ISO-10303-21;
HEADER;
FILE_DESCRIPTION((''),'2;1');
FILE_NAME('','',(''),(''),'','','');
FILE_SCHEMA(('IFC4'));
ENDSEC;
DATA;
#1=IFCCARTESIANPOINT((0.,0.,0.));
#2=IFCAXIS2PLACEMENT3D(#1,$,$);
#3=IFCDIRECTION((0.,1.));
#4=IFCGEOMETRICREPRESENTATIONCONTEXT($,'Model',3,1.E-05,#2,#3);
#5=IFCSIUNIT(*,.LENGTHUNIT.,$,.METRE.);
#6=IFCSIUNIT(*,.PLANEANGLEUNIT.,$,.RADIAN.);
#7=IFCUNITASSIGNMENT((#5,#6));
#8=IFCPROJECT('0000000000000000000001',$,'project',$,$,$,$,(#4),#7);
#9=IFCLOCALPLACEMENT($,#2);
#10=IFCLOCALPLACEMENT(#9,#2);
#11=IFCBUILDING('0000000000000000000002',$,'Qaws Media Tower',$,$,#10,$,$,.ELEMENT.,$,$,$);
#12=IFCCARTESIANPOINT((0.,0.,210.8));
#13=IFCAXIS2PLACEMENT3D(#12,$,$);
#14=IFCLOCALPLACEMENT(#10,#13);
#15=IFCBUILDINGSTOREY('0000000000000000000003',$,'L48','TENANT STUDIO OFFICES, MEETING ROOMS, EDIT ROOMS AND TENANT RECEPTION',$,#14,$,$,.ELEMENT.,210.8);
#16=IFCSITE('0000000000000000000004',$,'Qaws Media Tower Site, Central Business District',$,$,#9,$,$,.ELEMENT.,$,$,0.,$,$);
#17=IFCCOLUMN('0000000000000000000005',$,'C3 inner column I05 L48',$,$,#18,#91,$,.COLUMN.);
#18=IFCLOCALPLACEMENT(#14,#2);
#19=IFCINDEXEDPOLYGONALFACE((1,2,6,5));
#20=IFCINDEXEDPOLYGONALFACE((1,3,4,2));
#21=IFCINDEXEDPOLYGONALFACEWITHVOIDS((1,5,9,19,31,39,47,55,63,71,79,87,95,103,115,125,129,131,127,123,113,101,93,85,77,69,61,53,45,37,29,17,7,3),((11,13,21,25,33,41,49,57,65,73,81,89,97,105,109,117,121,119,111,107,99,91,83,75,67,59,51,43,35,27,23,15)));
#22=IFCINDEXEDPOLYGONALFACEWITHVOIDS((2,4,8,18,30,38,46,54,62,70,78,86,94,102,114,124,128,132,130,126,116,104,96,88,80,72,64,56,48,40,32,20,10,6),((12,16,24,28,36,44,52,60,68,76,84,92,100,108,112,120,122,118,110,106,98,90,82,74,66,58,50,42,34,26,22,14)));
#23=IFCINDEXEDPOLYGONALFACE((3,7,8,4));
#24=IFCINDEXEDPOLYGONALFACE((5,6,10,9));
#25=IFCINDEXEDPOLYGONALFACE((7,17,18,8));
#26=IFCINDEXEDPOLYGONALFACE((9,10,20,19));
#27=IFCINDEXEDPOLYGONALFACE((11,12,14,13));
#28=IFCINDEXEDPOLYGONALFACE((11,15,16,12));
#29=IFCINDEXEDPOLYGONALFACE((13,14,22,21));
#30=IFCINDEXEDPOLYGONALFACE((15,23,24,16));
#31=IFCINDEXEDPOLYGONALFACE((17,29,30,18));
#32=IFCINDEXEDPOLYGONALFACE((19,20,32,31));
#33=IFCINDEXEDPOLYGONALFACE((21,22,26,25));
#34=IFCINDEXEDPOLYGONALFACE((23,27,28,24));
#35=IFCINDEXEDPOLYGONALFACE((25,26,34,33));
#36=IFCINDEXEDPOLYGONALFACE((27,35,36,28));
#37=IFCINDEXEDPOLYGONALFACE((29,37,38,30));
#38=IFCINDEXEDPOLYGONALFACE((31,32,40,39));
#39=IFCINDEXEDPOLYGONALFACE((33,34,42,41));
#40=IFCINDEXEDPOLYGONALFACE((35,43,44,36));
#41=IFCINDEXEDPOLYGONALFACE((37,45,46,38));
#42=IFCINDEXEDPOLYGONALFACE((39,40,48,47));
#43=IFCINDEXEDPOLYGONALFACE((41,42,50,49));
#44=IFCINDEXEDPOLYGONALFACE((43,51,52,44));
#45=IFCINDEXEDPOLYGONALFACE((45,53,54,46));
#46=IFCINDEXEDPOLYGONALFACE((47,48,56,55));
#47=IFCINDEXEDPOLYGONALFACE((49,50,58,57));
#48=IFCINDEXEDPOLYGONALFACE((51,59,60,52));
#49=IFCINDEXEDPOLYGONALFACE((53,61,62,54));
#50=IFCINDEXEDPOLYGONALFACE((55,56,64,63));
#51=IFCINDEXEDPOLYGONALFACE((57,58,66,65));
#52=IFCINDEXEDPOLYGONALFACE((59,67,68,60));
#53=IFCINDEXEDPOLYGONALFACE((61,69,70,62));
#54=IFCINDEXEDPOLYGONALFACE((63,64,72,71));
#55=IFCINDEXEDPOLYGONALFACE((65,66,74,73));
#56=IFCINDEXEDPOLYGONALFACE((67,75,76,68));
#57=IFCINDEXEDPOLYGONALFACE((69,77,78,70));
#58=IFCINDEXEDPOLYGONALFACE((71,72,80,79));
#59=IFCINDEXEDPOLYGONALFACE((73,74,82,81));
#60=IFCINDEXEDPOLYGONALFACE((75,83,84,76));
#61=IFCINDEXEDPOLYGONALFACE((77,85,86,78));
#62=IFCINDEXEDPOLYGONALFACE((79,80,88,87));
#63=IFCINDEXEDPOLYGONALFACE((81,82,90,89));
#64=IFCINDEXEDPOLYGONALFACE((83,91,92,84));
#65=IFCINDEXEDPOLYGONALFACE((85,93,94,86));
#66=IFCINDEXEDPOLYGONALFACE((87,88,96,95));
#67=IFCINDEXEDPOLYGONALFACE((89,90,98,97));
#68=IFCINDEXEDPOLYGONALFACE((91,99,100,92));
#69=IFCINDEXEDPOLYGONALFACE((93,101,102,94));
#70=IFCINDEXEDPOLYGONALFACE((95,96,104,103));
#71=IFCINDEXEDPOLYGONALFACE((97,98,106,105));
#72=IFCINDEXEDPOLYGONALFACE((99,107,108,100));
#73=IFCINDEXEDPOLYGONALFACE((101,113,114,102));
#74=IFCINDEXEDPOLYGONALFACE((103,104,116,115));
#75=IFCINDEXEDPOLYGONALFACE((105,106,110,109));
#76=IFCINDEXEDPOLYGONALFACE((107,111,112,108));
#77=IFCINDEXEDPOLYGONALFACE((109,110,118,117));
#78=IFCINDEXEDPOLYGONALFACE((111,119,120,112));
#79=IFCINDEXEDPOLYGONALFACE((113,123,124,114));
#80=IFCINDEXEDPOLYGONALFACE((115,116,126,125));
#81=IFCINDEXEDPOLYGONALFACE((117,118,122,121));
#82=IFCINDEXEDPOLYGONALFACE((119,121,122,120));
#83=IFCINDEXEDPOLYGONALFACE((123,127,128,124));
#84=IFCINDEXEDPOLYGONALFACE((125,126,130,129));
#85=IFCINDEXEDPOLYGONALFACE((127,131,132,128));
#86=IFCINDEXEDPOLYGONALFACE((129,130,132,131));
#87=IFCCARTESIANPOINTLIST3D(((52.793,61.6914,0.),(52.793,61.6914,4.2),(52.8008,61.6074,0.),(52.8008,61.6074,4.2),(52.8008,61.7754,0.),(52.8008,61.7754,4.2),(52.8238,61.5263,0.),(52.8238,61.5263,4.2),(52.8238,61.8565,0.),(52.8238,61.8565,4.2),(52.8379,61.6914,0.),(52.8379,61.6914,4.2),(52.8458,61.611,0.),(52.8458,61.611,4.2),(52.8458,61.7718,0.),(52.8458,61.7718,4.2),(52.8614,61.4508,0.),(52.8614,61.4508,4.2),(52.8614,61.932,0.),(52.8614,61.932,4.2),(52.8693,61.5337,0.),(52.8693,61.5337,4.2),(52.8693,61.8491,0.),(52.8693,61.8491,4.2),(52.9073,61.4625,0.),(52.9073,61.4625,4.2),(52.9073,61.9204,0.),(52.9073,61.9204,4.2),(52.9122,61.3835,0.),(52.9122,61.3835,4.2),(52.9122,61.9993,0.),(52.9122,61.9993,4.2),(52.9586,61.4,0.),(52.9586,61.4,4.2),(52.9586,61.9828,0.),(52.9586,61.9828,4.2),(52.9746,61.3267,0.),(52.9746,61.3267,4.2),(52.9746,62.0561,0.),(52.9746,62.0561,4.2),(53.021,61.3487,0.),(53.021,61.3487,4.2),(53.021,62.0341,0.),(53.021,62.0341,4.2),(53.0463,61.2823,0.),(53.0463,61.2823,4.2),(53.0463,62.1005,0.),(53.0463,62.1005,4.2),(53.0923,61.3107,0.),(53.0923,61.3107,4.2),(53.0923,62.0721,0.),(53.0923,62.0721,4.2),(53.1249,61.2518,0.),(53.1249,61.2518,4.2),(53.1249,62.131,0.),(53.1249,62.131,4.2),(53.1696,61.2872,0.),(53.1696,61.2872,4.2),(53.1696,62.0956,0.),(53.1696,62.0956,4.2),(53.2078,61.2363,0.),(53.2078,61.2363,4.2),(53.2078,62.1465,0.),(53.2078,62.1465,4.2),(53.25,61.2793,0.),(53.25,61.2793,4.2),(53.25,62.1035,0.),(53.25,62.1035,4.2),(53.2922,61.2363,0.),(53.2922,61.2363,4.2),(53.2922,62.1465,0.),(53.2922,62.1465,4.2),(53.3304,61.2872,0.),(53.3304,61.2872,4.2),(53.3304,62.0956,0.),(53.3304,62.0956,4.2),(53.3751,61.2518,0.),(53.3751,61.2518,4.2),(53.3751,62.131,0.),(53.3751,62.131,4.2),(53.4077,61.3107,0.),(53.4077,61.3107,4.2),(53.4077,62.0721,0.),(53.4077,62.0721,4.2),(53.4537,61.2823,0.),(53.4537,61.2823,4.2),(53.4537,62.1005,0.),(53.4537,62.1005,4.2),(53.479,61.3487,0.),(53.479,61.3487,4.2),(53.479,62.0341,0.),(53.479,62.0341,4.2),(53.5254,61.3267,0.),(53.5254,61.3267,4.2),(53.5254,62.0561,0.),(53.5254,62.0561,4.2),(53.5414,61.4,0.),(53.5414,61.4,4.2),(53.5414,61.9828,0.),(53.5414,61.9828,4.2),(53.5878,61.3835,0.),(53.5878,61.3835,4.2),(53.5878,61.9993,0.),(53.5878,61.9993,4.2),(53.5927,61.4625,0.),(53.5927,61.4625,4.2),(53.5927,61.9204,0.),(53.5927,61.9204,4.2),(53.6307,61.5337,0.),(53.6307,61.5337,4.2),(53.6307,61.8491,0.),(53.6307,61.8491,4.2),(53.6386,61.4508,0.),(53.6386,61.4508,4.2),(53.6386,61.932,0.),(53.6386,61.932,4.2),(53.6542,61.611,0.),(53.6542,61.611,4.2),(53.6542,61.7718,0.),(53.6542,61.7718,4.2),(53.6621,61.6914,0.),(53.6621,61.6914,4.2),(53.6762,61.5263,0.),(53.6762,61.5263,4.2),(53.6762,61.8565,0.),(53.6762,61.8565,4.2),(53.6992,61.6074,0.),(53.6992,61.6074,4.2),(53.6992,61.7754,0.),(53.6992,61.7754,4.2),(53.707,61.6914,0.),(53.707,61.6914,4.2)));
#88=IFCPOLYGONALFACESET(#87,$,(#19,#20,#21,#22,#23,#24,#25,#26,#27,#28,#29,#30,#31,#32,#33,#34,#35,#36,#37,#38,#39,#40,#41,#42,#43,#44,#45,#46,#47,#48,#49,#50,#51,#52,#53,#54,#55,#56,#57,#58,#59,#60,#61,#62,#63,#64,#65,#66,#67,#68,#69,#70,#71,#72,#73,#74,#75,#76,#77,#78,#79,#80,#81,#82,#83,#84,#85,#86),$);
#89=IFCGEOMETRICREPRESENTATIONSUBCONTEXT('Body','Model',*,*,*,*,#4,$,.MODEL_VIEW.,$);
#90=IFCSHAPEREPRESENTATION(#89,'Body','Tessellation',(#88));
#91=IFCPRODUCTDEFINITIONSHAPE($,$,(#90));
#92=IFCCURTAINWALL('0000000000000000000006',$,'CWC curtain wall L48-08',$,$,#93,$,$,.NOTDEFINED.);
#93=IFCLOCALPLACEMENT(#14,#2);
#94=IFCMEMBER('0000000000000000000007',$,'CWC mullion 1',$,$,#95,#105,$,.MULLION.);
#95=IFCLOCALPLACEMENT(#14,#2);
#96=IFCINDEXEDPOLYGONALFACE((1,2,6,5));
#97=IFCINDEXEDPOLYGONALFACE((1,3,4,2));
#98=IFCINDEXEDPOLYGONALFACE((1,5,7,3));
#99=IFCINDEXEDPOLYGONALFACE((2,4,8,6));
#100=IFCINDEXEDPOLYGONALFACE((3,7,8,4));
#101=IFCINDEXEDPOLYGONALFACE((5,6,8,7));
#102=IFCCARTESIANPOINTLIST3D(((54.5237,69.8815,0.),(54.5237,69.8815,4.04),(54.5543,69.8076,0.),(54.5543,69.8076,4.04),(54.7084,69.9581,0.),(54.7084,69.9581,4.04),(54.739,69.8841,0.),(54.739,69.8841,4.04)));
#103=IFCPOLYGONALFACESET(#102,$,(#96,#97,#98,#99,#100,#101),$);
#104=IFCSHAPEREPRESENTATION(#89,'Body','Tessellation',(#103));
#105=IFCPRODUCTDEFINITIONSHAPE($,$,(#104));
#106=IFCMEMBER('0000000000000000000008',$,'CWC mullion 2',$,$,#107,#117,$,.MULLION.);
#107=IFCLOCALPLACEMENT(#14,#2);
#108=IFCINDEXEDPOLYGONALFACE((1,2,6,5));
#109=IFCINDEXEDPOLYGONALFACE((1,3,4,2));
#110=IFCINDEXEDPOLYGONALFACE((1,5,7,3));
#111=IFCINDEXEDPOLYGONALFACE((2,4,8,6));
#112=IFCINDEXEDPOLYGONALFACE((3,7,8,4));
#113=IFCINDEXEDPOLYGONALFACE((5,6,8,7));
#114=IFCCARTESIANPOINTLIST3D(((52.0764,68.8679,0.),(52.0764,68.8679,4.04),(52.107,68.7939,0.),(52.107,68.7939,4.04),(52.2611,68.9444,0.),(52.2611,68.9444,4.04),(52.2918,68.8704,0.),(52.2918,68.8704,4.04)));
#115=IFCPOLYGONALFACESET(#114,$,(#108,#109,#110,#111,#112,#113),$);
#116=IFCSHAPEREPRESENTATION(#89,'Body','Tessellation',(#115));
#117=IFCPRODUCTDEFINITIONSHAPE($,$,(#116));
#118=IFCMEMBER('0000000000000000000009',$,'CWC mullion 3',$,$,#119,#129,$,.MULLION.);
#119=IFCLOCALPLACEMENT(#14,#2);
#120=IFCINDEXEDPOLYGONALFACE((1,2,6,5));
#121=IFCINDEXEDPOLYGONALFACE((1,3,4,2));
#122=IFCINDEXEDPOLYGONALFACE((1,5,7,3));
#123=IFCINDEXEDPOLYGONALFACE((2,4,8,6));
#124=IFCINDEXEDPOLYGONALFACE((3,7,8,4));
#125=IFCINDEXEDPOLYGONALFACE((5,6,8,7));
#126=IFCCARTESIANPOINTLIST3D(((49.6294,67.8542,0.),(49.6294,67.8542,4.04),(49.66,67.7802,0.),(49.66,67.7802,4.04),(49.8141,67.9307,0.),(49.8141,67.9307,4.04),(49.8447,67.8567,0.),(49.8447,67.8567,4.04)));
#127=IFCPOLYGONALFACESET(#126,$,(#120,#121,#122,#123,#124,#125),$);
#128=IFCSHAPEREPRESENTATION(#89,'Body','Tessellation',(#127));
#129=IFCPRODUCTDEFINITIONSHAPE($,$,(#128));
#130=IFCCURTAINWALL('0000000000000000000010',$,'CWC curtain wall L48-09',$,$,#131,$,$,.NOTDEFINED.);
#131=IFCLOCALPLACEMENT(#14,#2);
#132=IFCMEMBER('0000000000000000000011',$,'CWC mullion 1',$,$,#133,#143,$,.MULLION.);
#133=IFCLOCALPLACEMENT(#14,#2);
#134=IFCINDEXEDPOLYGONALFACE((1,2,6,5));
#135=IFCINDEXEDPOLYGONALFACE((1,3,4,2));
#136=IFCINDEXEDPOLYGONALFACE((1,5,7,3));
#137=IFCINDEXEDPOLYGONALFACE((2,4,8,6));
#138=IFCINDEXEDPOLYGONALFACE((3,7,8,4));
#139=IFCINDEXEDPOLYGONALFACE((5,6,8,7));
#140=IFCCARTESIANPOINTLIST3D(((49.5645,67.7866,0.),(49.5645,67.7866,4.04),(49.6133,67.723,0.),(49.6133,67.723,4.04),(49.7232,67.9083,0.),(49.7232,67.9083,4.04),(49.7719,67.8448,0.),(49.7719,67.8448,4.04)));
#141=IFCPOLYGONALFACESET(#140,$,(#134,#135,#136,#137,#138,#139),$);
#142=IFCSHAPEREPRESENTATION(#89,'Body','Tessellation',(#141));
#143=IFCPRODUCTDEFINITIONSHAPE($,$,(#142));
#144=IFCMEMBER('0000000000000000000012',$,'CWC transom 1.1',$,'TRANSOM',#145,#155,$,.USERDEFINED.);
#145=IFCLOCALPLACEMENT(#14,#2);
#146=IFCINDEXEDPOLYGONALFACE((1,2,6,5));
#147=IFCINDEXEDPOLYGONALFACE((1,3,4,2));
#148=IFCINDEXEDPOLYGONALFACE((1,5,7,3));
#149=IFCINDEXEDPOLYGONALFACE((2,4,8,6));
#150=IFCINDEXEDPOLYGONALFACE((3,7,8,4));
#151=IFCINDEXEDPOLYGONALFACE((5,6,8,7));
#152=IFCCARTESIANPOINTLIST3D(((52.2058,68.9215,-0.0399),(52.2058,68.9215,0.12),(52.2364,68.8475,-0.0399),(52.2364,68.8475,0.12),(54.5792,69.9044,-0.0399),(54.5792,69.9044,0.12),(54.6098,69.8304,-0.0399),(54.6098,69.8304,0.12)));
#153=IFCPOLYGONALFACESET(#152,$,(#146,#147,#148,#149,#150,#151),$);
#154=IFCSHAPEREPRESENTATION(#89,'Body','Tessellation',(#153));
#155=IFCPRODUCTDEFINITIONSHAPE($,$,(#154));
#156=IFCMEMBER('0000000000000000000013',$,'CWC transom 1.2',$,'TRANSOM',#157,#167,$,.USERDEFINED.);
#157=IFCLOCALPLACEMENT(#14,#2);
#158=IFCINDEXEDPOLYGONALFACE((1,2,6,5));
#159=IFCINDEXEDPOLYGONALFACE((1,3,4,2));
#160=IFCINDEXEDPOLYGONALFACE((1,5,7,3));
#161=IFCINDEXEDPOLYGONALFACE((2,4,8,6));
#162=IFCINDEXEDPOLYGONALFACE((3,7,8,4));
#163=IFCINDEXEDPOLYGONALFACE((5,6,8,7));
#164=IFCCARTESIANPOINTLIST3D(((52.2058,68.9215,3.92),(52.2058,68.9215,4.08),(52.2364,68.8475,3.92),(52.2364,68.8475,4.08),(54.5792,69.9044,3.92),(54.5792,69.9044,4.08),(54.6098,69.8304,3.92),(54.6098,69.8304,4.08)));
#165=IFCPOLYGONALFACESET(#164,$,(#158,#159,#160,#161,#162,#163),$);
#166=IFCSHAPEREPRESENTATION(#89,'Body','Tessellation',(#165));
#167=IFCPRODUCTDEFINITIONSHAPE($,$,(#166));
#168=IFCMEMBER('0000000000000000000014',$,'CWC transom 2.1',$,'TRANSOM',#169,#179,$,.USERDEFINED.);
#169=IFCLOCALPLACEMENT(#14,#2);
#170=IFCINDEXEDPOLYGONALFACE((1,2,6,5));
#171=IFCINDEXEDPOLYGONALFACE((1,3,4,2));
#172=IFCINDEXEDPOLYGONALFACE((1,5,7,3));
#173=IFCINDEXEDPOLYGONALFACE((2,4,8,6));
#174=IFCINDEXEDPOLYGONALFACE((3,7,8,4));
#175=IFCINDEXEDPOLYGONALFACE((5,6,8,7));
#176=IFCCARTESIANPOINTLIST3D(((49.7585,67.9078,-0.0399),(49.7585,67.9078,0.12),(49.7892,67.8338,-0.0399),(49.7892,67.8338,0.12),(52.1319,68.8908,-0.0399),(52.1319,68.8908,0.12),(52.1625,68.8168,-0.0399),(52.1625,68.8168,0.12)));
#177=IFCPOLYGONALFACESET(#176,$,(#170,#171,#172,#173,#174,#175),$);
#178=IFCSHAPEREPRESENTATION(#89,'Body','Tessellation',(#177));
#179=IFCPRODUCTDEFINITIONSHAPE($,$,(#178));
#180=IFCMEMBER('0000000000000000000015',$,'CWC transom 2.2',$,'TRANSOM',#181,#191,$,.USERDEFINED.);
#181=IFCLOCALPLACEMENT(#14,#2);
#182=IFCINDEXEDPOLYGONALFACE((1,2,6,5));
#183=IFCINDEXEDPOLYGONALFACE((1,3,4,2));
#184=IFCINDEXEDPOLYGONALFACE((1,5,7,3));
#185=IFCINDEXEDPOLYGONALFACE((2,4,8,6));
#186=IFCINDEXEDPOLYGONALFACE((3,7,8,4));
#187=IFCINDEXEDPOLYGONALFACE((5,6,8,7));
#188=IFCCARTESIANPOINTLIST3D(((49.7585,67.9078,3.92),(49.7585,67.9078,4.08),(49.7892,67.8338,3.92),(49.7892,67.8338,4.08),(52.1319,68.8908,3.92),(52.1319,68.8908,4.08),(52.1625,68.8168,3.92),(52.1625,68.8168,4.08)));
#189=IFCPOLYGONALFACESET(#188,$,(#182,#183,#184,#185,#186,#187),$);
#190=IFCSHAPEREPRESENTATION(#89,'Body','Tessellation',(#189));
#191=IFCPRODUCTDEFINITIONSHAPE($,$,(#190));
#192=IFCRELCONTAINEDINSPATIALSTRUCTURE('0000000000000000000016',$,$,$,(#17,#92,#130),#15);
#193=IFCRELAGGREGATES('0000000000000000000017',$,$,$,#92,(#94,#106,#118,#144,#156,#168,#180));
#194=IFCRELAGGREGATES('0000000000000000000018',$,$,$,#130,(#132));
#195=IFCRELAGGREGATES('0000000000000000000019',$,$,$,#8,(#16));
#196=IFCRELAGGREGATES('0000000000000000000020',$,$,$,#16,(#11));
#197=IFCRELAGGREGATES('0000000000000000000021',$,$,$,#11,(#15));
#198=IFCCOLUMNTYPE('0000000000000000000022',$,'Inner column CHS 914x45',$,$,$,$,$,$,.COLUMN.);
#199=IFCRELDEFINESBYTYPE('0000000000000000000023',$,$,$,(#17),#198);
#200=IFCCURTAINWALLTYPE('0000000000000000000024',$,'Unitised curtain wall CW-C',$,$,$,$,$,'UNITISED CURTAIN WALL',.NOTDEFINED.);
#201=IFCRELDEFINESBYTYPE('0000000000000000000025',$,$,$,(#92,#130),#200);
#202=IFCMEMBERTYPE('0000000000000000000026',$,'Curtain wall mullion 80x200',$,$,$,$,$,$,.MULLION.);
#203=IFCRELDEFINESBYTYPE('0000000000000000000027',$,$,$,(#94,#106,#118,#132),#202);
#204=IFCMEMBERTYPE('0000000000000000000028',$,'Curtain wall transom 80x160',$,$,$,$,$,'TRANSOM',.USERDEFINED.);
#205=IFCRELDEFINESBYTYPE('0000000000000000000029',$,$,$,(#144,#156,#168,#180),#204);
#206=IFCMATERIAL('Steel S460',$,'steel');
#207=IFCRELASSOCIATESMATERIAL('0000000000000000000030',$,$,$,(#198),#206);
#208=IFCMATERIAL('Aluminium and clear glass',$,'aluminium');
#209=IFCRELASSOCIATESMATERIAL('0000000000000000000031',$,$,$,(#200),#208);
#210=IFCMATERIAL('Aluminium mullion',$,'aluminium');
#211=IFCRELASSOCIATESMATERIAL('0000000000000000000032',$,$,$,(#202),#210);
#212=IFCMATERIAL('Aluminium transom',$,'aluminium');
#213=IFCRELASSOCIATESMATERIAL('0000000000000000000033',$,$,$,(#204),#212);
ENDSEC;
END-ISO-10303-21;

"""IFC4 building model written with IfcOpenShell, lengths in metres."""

from ifc_helpers import new_model, si_unit, direction, frame, origin, origin_2d, place, context, subcontext, project, spatial, rectangle, hollow_circle, extrude, material, material_profile, profile_set, type_object, element, aggregate, save


model = new_model("IFC4")

# Units and contexts
model_context = context("Model", 3, precision=1e-05, world=origin(), true_north=direction((0.0, 1.0)))
body_context = subcontext(model_context, "Body", "Model", "MODEL_VIEW")
ifc_project = project(units=[si_unit("LENGTHUNIT", "METRE"), si_unit("PLANEANGLEUNIT", "RADIAN")], contexts=[model_context])

# Site, building, storey
site_placement = place(None, origin())
site = spatial("IfcSite", under=ifc_project, at=site_placement, Name="Qaws Media Tower Site, Central Business District", CompositionType="ELEMENT", RefElevation=0.0)
building_placement = place(site_placement, origin())
building = spatial("IfcBuilding", under=site, at=building_placement, Name="Qaws Media Tower", CompositionType="ELEMENT")
storey_placement = place(building_placement, frame((0.0, 0.0, 210.8)))
storey = spatial("IfcBuildingStorey", under=building, at=storey_placement, Name="L48", Description="TENANT STUDIO OFFICES, MEETING ROOMS, EDIT ROOMS AND TENANT RECEPTION", CompositionType="ELEMENT", Elevation=210.8)

# Column
ifc_material_1 = material(Name="Steel S460", Category="steel")
ifc_material_profile_1 = material_profile(ifc_material_1, hollow_circle(Radius=0.457, WallThickness=0.0449, at=origin_2d()), Name="CHS 914x45")
ifc_profile_set_1 = profile_set([ifc_material_profile_1], Name="Steel S460")
column_type = type_object("IfcColumnType", Name="Inner column CHS 914x45", PredefinedType="COLUMN", material=ifc_profile_set_1)
column_placement = place(storey_placement, frame((53.25, 61.6914, 0.0), z_axis=(0.0, 0.0, 1.0), x_axis=(1.0, 0.0, 0.0)))
element("IfcColumn", 1, at=column_placement, inside=storey, type_object=column_type, Name="C3 inner column I05 L48", PredefinedType="COLUMN", context=body_context, shape_type="SweptSolid", body=[
    extrude(hollow_circle(Radius=0.457, WallThickness=0.0449, at=origin_2d()), origin(), (0.0, 0.0, 1.0), 4.2),
])

# Curtain wall, members
ifc_material_2 = material(Name="Aluminium and clear glass", Category="aluminium")
curtain_wall_type = type_object("IfcCurtainWallType", Name="Unitised curtain wall CW-C", ElementType="UNITISED CURTAIN WALL", PredefinedType="NOTDEFINED", material=ifc_material_2)
curtain_wall_1_placement = place(storey_placement, origin())
curtain_wall_1 = element("IfcCurtainWall", 2, at=curtain_wall_1_placement, inside=storey, type_object=curtain_wall_type, Name="CWC curtain wall L48-08", PredefinedType="NOTDEFINED")
ifc_material_3 = material(Name="Aluminium mullion", Category="aluminium")
ifc_material_profile_2 = material_profile(ifc_material_3, rectangle(XDim=0.0801, YDim=0.2, at=origin_2d()), Name="80x200")
ifc_profile_set_2 = profile_set([ifc_material_profile_2], Name="Aluminium mullion")
member_type_1 = type_object("IfcMemberType", Name="Curtain wall mullion 80x200", PredefinedType="MULLION", material=ifc_profile_set_2)
member_1_placement = place(storey_placement, frame((54.6313, 69.8828, 0.0), z_axis=(0.0, 0.0, 1.0), x_axis=(0.382683, -0.92388, 0.0)))
member_1 = element("IfcMember", 3, at=member_1_placement, type_object=member_type_1, Name="CWC mullion 1", PredefinedType="MULLION", context=body_context, shape_type="SweptSolid", body=[
    extrude(rectangle(XDim=0.0801, YDim=0.2, at=origin_2d()), origin(), (0.0, 0.0, 1.0), 4.04),
])
member_2_placement = place(storey_placement, frame((52.1841, 68.8691, 0.0), z_axis=(0.0, 0.0, 1.0), x_axis=(0.382683, -0.92388, 0.0)))
member_2 = element("IfcMember", 4, at=member_2_placement, type_object=member_type_1, Name="CWC mullion 2", PredefinedType="MULLION", context=body_context, shape_type="SweptSolid", body=[
    extrude(rectangle(XDim=0.0801, YDim=0.2, at=origin_2d()), origin(), (0.0, 0.0, 1.0), 4.04),
])
member_3_placement = place(storey_placement, frame((49.7371, 67.8555, 0.0), z_axis=(0.0, 0.0, 1.0), x_axis=(0.382683, -0.92388, 0.0)))
member_3 = element("IfcMember", 5, at=member_3_placement, type_object=member_type_1, Name="CWC mullion 3", PredefinedType="MULLION", context=body_context, shape_type="SweptSolid", body=[
    extrude(rectangle(XDim=0.0801, YDim=0.2, at=origin_2d()), origin(), (0.0, 0.0, 1.0), 4.04),
])

# Curtain wall, member
curtain_wall_2_placement = place(storey_placement, origin())
curtain_wall_2 = element("IfcCurtainWall", 6, at=curtain_wall_2_placement, inside=storey, type_object=curtain_wall_type, Name="CWC curtain wall L48-09", PredefinedType="NOTDEFINED")
member_4_placement = place(storey_placement, frame((49.6682, 67.8157, 0.0), z_axis=(0.0, 0.0, 1.0), x_axis=(0.608761, -0.793353, 0.0)))
member_4 = element("IfcMember", 7, at=member_4_placement, type_object=member_type_1, Name="CWC mullion 1", PredefinedType="MULLION", context=body_context, shape_type="SweptSolid", body=[
    extrude(rectangle(XDim=0.0801, YDim=0.2, at=origin_2d()), origin(), (0.0, 0.0, 1.0), 4.04),
])

# Members
ifc_material_4 = material(Name="Aluminium transom", Category="aluminium")
ifc_material_profile_3 = material_profile(ifc_material_4, rectangle(XDim=0.0801, YDim=0.1599, at=origin_2d()), Name="80x160")
ifc_profile_set_3 = profile_set([ifc_material_profile_3], Name="Aluminium transom")
member_type_2 = type_object("IfcMemberType", Name="Curtain wall transom 80x160", ElementType="TRANSOM", PredefinedType="USERDEFINED", material=ifc_profile_set_3)
member_5_placement = place(storey_placement, frame((54.5945, 69.8674, 0.04), z_axis=(-0.923899, -0.382637, 0.0), x_axis=(0.382637, -0.923899, 0.0)))
member_5 = element("IfcMember", 8, at=member_5_placement, type_object=member_type_2, Name="CWC transom 1.1", ObjectType="TRANSOM", PredefinedType="USERDEFINED", context=body_context, shape_type="SweptSolid", body=[
    extrude(rectangle(XDim=0.0801, YDim=0.1599, at=origin_2d()), origin(), (0.0, 0.0, 1.0), 2.5688),
])
member_6_placement = place(storey_placement, frame((54.5945, 69.8674, 4.0), z_axis=(-0.923899, -0.382637, 0.0), x_axis=(0.382637, -0.923899, 0.0)))
member_6 = element("IfcMember", 9, at=member_6_placement, type_object=member_type_2, Name="CWC transom 1.2", ObjectType="TRANSOM", PredefinedType="USERDEFINED", context=body_context, shape_type="SweptSolid", body=[
    extrude(rectangle(XDim=0.0801, YDim=0.1599, at=origin_2d()), origin(), (0.0, 0.0, 1.0), 2.5688),
])
member_7_placement = place(storey_placement, frame((52.1472, 68.8538, 0.04), z_axis=(-0.923899, -0.382637, 0.0), x_axis=(0.382637, -0.923899, 0.0)))
member_7 = element("IfcMember", 10, at=member_7_placement, type_object=member_type_2, Name="CWC transom 2.1", ObjectType="TRANSOM", PredefinedType="USERDEFINED", context=body_context, shape_type="SweptSolid", body=[
    extrude(rectangle(XDim=0.0801, YDim=0.1599, at=origin_2d()), origin(), (0.0, 0.0, 1.0), 2.5688),
])
member_8_placement = place(storey_placement, frame((52.1472, 68.8538, 4.0), z_axis=(-0.923899, -0.382637, 0.0), x_axis=(0.382637, -0.923899, 0.0)))
member_8 = element("IfcMember", 11, at=member_8_placement, type_object=member_type_2, Name="CWC transom 2.2", ObjectType="TRANSOM", PredefinedType="USERDEFINED", context=body_context, shape_type="SweptSolid", body=[
    extrude(rectangle(XDim=0.0801, YDim=0.1599, at=origin_2d()), origin(), (0.0, 0.0, 1.0), 2.5688),
])

aggregate(curtain_wall_1, [member_1, member_2, member_3, member_5, member_6, member_7, member_8])
aggregate(curtain_wall_2, [member_4])

save(model, "model.ifc")
